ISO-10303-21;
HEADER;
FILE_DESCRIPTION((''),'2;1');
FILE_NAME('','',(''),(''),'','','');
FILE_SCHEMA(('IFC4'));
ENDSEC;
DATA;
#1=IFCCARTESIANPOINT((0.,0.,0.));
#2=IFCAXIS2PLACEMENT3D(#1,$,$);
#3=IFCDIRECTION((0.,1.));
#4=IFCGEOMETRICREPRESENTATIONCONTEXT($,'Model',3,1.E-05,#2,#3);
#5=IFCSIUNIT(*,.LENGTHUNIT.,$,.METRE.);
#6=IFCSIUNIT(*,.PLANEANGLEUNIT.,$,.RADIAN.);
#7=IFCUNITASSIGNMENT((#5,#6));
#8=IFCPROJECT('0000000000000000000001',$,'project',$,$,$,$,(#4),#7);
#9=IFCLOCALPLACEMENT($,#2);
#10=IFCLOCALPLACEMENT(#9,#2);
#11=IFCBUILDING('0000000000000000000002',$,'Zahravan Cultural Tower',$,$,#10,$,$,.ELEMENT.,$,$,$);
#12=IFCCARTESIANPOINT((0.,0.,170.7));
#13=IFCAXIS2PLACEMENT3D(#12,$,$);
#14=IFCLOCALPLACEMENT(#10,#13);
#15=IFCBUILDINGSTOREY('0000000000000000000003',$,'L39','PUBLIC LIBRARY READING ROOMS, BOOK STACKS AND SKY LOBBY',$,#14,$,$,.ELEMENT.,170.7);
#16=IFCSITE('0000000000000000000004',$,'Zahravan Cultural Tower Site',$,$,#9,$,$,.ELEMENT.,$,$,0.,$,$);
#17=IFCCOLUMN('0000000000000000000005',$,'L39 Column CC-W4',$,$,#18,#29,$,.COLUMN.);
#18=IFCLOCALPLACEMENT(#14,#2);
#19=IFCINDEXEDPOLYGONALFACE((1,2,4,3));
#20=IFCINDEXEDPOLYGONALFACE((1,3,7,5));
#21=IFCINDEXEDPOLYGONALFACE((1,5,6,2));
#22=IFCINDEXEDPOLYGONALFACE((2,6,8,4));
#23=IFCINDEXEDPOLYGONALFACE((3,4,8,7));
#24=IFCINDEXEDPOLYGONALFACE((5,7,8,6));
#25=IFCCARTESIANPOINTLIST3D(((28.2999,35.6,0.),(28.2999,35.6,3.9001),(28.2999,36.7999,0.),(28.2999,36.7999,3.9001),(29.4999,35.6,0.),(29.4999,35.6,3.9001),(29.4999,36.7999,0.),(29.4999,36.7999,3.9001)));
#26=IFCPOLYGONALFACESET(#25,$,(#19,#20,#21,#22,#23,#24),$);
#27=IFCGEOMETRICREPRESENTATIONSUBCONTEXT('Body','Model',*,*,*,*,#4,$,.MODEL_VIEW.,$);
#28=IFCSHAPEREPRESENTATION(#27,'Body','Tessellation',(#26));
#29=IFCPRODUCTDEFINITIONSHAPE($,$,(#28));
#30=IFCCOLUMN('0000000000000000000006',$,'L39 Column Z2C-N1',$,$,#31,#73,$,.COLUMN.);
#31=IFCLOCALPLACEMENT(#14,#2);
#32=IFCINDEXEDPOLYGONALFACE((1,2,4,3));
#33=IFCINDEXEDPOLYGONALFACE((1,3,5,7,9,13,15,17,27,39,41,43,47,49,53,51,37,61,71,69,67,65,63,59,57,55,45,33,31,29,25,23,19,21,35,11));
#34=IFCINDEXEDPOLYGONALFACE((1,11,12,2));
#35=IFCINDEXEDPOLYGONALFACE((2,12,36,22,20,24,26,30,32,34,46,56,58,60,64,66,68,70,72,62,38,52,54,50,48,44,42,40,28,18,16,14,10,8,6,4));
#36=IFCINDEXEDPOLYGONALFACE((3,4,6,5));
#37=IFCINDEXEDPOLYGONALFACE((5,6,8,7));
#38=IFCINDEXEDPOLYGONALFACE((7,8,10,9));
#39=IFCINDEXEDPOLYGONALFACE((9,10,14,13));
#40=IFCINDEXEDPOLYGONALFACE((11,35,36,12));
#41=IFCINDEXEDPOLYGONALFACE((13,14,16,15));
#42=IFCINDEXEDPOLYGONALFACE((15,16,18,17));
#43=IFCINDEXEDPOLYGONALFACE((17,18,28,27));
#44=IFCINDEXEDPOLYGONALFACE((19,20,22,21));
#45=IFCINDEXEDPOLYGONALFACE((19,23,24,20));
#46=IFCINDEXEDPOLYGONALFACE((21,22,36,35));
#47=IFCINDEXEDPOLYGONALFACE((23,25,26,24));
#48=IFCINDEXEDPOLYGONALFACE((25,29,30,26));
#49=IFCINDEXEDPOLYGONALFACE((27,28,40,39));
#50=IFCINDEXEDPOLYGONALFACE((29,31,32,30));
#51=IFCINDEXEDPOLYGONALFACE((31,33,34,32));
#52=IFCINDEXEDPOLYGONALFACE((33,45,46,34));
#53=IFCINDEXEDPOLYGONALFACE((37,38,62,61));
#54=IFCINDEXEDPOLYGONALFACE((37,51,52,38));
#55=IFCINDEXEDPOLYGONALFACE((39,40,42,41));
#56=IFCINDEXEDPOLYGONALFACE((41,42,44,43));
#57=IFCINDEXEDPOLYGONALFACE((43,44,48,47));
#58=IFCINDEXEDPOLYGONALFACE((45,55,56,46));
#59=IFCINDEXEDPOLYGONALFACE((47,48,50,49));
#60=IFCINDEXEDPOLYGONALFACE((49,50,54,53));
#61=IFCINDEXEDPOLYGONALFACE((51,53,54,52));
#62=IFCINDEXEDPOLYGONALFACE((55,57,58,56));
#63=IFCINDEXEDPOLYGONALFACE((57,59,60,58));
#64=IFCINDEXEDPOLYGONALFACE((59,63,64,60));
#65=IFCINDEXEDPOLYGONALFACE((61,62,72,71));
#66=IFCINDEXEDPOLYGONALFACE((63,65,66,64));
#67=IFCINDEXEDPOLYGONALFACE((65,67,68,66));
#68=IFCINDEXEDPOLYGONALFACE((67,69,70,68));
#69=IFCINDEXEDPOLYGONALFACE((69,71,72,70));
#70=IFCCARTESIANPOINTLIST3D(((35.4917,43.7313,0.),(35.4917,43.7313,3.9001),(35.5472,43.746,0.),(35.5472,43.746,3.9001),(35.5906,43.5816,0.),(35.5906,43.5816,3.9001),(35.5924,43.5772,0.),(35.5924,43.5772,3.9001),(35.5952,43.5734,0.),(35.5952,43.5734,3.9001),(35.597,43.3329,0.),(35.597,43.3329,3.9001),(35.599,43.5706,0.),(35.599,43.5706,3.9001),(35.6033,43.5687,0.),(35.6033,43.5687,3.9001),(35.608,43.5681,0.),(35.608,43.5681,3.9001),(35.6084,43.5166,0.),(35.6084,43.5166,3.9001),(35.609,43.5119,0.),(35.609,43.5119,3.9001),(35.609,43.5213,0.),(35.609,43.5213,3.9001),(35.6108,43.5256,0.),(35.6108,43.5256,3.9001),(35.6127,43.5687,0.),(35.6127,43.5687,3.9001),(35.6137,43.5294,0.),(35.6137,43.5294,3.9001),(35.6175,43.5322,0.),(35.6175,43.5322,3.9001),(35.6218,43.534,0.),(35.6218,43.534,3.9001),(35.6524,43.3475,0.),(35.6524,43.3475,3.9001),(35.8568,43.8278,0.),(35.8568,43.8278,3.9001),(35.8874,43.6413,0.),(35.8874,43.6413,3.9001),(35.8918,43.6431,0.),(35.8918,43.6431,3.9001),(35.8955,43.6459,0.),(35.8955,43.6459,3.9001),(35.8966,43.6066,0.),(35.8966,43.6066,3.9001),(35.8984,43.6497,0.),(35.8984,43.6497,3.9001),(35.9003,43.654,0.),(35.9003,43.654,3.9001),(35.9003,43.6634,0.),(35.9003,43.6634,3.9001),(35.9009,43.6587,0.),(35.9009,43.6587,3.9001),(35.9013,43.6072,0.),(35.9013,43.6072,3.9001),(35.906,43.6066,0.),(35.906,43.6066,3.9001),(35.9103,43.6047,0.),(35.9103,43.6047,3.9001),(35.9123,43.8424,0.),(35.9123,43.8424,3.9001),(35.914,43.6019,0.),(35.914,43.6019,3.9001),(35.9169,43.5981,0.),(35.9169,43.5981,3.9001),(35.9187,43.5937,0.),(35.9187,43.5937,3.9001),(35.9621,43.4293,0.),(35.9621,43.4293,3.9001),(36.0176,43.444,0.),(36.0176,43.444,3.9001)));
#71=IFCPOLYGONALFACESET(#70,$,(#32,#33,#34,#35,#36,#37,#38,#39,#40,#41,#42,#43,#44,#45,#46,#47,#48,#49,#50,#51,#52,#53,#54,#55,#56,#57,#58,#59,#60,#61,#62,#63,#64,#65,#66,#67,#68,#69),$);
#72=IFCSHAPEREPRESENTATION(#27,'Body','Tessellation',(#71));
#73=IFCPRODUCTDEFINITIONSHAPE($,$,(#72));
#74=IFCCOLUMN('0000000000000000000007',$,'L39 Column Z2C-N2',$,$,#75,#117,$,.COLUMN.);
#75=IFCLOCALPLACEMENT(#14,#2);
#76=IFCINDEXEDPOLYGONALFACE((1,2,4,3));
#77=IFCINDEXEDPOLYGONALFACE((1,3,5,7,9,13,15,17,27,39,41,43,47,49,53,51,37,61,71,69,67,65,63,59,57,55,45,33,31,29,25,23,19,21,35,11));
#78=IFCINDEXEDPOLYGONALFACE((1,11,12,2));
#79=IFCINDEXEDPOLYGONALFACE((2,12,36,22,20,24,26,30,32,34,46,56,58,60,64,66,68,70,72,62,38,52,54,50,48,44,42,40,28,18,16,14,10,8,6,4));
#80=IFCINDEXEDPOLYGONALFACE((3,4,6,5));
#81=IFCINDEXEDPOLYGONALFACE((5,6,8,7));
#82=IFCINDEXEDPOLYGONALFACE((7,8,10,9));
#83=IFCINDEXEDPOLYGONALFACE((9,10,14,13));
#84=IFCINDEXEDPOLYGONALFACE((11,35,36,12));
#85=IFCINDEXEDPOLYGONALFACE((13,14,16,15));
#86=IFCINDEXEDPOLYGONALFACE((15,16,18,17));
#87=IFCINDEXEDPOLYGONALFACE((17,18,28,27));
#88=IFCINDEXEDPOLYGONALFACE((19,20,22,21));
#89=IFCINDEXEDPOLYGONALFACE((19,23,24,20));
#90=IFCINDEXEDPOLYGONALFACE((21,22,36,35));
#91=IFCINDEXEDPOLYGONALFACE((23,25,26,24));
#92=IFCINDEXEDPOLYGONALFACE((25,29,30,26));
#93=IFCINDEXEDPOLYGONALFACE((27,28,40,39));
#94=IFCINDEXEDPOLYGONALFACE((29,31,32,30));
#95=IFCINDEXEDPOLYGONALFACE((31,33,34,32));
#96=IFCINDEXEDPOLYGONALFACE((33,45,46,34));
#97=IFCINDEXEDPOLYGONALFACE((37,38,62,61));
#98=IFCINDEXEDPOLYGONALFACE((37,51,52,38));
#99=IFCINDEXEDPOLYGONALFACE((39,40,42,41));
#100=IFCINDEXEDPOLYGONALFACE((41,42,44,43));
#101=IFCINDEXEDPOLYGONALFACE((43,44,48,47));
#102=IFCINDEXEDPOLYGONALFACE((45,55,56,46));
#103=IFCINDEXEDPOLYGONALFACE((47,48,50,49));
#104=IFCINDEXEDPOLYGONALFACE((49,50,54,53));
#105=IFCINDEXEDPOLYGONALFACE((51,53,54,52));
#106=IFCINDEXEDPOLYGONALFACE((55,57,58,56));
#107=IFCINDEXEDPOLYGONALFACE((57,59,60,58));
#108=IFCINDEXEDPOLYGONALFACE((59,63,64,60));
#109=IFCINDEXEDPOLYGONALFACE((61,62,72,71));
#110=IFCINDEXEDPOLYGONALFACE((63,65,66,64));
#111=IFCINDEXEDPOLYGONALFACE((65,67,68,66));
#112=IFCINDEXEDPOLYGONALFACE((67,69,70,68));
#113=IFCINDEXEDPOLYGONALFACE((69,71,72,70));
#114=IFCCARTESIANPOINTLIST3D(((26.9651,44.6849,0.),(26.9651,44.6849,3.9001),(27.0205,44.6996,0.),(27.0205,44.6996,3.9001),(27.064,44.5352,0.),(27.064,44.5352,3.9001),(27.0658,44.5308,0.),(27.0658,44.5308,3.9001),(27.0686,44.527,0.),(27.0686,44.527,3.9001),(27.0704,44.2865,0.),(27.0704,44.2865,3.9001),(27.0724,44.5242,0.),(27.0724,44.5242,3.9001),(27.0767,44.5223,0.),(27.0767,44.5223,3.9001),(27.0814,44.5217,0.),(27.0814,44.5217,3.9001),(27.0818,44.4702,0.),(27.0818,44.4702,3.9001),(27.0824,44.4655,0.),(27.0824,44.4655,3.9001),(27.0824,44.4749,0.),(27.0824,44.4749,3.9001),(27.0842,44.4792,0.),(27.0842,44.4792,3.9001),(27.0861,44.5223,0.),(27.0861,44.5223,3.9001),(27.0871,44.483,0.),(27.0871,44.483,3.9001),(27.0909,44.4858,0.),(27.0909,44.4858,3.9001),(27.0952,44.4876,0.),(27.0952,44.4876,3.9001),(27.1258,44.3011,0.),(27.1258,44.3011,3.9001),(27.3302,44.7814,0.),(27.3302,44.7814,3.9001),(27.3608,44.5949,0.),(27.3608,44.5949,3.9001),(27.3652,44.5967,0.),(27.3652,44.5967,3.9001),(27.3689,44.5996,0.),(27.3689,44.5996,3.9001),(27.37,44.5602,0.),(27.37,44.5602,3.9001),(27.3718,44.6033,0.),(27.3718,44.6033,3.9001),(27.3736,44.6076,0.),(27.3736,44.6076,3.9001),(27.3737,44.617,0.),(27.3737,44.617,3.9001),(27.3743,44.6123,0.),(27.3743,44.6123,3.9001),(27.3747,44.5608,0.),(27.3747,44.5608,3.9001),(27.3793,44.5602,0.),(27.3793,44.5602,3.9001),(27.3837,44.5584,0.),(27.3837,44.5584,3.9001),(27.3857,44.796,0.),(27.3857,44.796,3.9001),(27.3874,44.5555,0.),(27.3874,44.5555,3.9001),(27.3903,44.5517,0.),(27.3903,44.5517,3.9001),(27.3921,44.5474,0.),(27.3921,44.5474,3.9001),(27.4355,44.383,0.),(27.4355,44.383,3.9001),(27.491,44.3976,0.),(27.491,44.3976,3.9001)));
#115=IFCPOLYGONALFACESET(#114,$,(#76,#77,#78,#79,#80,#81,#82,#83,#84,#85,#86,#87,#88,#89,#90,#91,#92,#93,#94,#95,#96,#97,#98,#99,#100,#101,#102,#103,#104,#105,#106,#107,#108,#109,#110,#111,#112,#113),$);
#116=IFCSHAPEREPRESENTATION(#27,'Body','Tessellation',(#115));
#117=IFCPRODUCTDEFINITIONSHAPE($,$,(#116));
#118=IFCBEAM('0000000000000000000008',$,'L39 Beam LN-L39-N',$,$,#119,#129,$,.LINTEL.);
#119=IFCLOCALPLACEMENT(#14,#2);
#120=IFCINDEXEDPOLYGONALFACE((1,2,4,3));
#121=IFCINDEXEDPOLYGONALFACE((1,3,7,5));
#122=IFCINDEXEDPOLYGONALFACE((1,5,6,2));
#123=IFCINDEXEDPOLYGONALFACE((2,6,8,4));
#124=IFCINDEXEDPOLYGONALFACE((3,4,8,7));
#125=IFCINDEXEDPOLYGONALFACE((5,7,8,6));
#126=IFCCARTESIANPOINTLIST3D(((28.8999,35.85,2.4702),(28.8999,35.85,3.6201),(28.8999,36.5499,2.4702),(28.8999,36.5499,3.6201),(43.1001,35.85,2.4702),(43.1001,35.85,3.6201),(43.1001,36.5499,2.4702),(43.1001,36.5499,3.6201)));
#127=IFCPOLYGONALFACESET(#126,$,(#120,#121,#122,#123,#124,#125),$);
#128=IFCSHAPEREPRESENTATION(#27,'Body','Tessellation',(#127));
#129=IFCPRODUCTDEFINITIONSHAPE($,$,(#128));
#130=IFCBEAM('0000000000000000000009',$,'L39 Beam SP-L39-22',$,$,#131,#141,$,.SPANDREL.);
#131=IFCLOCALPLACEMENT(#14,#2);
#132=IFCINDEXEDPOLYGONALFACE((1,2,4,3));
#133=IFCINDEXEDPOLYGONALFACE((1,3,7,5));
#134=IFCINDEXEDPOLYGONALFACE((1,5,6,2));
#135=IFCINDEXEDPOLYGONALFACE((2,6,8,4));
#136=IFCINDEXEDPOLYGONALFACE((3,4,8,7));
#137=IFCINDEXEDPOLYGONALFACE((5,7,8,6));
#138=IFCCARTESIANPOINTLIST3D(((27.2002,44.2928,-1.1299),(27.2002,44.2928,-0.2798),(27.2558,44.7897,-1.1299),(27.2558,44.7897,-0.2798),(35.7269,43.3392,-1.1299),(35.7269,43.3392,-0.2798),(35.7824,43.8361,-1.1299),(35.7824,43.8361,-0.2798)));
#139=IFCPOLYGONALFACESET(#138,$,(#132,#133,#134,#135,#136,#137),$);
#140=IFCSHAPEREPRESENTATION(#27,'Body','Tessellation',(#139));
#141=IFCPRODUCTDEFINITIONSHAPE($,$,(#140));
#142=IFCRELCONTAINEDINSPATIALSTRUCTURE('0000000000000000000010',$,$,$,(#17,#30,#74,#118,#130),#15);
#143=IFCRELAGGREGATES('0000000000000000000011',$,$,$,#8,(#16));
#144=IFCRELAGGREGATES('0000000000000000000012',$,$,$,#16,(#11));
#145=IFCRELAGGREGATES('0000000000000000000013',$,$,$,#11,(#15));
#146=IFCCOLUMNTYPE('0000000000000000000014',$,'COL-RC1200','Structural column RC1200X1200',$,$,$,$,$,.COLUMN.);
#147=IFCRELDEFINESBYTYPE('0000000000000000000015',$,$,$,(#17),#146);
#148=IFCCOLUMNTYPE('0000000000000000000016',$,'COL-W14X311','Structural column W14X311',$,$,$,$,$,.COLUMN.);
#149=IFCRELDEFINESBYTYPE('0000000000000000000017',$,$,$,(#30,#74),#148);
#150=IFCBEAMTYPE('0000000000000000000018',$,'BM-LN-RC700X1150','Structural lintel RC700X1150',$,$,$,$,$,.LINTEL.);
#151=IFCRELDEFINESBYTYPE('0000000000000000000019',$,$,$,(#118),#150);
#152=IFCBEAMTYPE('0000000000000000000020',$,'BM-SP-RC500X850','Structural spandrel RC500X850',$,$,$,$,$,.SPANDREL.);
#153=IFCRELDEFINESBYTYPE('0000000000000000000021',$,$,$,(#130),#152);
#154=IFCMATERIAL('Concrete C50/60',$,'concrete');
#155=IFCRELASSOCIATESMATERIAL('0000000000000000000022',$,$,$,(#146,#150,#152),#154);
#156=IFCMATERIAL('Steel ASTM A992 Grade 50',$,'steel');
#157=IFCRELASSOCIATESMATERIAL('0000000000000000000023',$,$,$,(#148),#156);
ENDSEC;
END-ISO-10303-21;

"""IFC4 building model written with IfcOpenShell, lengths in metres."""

from ifc_helpers import new_model, si_unit, direction, frame, origin, origin_2d, place, context, subcontext, project, spatial, rectangle, i_section, extrude, source, transform, mapped, material, material_profile, profile_set, type_object, element, save


model = new_model("IFC4")

# Units and contexts
model_context = context("Model", 3, precision=1e-05, world=origin(), true_north=direction((0.0, 1.0)))
body_context = subcontext(model_context, "Body", "Model", "MODEL_VIEW")
ifc_project = project(units=[si_unit("LENGTHUNIT", "METRE"), si_unit("PLANEANGLEUNIT", "RADIAN")], contexts=[model_context])

# Site, building, storey
site_placement = place(None, origin())
site = spatial("IfcSite", under=ifc_project, at=site_placement, Name="Zahravan Cultural Tower Site", CompositionType="ELEMENT", RefElevation=0.0)
building_placement = place(site_placement, origin())
building = spatial("IfcBuilding", under=site, at=building_placement, Name="Zahravan Cultural Tower", CompositionType="ELEMENT")
storey_placement = place(building_placement, frame((0.0, 0.0, 170.7)))
storey = spatial("IfcBuildingStorey", under=building, at=storey_placement, Name="L39", Description="PUBLIC LIBRARY READING ROOMS, BOOK STACKS AND SKY LOBBY", CompositionType="ELEMENT", Elevation=170.7)

# Columns
ifc_material_1 = material(Name="Concrete C50/60", Category="concrete")
ifc_material_profile_1 = material_profile(ifc_material_1, rectangle(XDim=1.2, YDim=1.2, at=origin_2d()), Name="RC1200X1200")
ifc_profile_set_1 = profile_set([ifc_material_profile_1], Name="Concrete C50/60")
column_type_1 = type_object("IfcColumnType", Name="COL-RC1200", Description="Structural column RC1200X1200", PredefinedType="COLUMN", material=ifc_profile_set_1)
shared_shape_1 = source(origin(), body_context, "Body", "SweptSolid", [
    extrude(rectangle(XDim=1.2, YDim=1.2, at=origin_2d()), origin(), (0.0, 0.0, 1.0), 3.9001),
])
column_placement = place(storey_placement, frame((28.8999, 36.2, 0.0), z_axis=(0.0, 0.0, 1.0), x_axis=(1.0, 0.0, 0.0)))
element("IfcColumn", 1, at=column_placement, inside=storey, type_object=column_type_1, Name="L39 Column CC-W4", PredefinedType="COLUMN", context=body_context, shape_type="MappedRepresentation", body=[
    mapped(shared_shape_1, transform((0.0, 0.0, 0.0), x_axis=(1.0, 0.0, 0.0), y_axis=(0.0, 1.0, 0.0), z_axis=(0.0, 0.0, 1.0), scale=1.0)),
])
ifc_material_2 = material(Name="Steel ASTM A992 Grade 50", Category="steel")
ifc_material_profile_2 = material_profile(ifc_material_2, i_section(OverallWidth=0.4121, OverallDepth=0.4351, WebThickness=0.0359, FlangeThickness=0.0574, FilletRadius=0.0181, at=origin_2d()), Name="W14X311")
ifc_profile_set_2 = profile_set([ifc_material_profile_2], Name="Steel ASTM A992 Grade 50")
column_type_2 = type_object("IfcColumnType", Name="COL-W14X311", Description="Structural column W14X311", PredefinedType="COLUMN", material=ifc_profile_set_2)
shared_shape_2 = source(origin(), body_context, "Body", "SweptSolid", [
    extrude(i_section(OverallWidth=0.4121, OverallDepth=0.4351, WebThickness=0.0359, FlangeThickness=0.0574, FilletRadius=0.0181, at=origin_2d()), origin(), (0.0, 0.0, 1.0), 3.9001),
])
for number, where, z_axis, x_axis, name in (
    (2, (35.7546, 43.5876, 0.0), (0.0, 0.0, 1.0), (-0.255446, 0.966823, 0.0), "L39 Column Z2C-N1"),
    (3, (27.228, 44.5413, 0.0), (0.0, 0.0, 1.0), (-0.255446, 0.966823, 0.0), "L39 Column Z2C-N2"),
):
    element("IfcColumn", number, at=place(storey_placement, frame(where, z_axis=z_axis, x_axis=x_axis)), inside=storey, type_object=column_type_2, Name=name, PredefinedType="COLUMN", context=body_context, shape_type="MappedRepresentation", body=[
        mapped(shared_shape_2, transform((0.0, 0.0, 0.0), x_axis=(1.0, 0.0, 0.0), y_axis=(0.0, 1.0, 0.0), z_axis=(0.0, 0.0, 1.0), scale=1.0)),
    ])

# Beams
ifc_material_profile_3 = material_profile(ifc_material_1, rectangle(XDim=0.7, YDim=1.1499, at=origin_2d()), Name="RC700X1150")
ifc_profile_set_3 = profile_set([ifc_material_profile_3], Name="Concrete C50/60")
beam_type_1 = type_object("IfcBeamType", Name="BM-LN-RC700X1150", Description="Structural lintel RC700X1150", PredefinedType="LINTEL", material=ifc_profile_set_3)
shared_shape_3 = source(origin(), body_context, "Body", "SweptSolid", [
    extrude(rectangle(XDim=0.7, YDim=1.1499, at=origin_2d()), origin(), (0.0, 0.0, 1.0), 14.2002),
])
beam_1_placement = place(storey_placement, frame((28.8999, 36.2, 3.0452), z_axis=(1.0, 0.0, 0.0), x_axis=(0.0, 1.0, 0.0)))
element("IfcBeam", 4, at=beam_1_placement, inside=storey, type_object=beam_type_1, Name="L39 Beam LN-L39-N", PredefinedType="LINTEL", context=body_context, shape_type="MappedRepresentation", body=[
    mapped(shared_shape_3, transform((0.0, 0.0, 0.0), x_axis=(1.0, 0.0, 0.0), y_axis=(0.0, 1.0, 0.0), z_axis=(0.0, 0.0, 1.0), scale=1.0)),
])
ifc_material_profile_4 = material_profile(ifc_material_1, rectangle(XDim=0.5, YDim=0.8501, at=origin_2d()), Name="RC500X850")
ifc_profile_set_4 = profile_set([ifc_material_profile_4], Name="Concrete C50/60")
beam_type_2 = type_object("IfcBeamType", Name="BM-SP-RC500X850", Description="Structural spandrel RC500X850", PredefinedType="SPANDREL", material=ifc_profile_set_4)
shared_shape_4 = source(origin(), body_context, "Body", "SweptSolid", [
    extrude(rectangle(XDim=0.5, YDim=0.8501, at=origin_2d()), origin(), (0.0, 0.0, 1.0), 8.5798),
])
beam_2_placement = place(storey_placement, frame((35.7546, 43.5876, -0.7048), z_axis=(-0.993804, 0.111147, 0.0), x_axis=(-0.111147, -0.993804, 0.0)))
element("IfcBeam", 5, at=beam_2_placement, inside=storey, type_object=beam_type_2, Name="L39 Beam SP-L39-22", PredefinedType="SPANDREL", context=body_context, shape_type="MappedRepresentation", body=[
    mapped(shared_shape_4, transform((0.0, 0.0, 0.0), x_axis=(1.0, 0.0, 0.0), y_axis=(0.0, 1.0, 0.0), z_axis=(0.0, 0.0, 1.0), scale=1.0)),
])

save(model, "model.ifc")
